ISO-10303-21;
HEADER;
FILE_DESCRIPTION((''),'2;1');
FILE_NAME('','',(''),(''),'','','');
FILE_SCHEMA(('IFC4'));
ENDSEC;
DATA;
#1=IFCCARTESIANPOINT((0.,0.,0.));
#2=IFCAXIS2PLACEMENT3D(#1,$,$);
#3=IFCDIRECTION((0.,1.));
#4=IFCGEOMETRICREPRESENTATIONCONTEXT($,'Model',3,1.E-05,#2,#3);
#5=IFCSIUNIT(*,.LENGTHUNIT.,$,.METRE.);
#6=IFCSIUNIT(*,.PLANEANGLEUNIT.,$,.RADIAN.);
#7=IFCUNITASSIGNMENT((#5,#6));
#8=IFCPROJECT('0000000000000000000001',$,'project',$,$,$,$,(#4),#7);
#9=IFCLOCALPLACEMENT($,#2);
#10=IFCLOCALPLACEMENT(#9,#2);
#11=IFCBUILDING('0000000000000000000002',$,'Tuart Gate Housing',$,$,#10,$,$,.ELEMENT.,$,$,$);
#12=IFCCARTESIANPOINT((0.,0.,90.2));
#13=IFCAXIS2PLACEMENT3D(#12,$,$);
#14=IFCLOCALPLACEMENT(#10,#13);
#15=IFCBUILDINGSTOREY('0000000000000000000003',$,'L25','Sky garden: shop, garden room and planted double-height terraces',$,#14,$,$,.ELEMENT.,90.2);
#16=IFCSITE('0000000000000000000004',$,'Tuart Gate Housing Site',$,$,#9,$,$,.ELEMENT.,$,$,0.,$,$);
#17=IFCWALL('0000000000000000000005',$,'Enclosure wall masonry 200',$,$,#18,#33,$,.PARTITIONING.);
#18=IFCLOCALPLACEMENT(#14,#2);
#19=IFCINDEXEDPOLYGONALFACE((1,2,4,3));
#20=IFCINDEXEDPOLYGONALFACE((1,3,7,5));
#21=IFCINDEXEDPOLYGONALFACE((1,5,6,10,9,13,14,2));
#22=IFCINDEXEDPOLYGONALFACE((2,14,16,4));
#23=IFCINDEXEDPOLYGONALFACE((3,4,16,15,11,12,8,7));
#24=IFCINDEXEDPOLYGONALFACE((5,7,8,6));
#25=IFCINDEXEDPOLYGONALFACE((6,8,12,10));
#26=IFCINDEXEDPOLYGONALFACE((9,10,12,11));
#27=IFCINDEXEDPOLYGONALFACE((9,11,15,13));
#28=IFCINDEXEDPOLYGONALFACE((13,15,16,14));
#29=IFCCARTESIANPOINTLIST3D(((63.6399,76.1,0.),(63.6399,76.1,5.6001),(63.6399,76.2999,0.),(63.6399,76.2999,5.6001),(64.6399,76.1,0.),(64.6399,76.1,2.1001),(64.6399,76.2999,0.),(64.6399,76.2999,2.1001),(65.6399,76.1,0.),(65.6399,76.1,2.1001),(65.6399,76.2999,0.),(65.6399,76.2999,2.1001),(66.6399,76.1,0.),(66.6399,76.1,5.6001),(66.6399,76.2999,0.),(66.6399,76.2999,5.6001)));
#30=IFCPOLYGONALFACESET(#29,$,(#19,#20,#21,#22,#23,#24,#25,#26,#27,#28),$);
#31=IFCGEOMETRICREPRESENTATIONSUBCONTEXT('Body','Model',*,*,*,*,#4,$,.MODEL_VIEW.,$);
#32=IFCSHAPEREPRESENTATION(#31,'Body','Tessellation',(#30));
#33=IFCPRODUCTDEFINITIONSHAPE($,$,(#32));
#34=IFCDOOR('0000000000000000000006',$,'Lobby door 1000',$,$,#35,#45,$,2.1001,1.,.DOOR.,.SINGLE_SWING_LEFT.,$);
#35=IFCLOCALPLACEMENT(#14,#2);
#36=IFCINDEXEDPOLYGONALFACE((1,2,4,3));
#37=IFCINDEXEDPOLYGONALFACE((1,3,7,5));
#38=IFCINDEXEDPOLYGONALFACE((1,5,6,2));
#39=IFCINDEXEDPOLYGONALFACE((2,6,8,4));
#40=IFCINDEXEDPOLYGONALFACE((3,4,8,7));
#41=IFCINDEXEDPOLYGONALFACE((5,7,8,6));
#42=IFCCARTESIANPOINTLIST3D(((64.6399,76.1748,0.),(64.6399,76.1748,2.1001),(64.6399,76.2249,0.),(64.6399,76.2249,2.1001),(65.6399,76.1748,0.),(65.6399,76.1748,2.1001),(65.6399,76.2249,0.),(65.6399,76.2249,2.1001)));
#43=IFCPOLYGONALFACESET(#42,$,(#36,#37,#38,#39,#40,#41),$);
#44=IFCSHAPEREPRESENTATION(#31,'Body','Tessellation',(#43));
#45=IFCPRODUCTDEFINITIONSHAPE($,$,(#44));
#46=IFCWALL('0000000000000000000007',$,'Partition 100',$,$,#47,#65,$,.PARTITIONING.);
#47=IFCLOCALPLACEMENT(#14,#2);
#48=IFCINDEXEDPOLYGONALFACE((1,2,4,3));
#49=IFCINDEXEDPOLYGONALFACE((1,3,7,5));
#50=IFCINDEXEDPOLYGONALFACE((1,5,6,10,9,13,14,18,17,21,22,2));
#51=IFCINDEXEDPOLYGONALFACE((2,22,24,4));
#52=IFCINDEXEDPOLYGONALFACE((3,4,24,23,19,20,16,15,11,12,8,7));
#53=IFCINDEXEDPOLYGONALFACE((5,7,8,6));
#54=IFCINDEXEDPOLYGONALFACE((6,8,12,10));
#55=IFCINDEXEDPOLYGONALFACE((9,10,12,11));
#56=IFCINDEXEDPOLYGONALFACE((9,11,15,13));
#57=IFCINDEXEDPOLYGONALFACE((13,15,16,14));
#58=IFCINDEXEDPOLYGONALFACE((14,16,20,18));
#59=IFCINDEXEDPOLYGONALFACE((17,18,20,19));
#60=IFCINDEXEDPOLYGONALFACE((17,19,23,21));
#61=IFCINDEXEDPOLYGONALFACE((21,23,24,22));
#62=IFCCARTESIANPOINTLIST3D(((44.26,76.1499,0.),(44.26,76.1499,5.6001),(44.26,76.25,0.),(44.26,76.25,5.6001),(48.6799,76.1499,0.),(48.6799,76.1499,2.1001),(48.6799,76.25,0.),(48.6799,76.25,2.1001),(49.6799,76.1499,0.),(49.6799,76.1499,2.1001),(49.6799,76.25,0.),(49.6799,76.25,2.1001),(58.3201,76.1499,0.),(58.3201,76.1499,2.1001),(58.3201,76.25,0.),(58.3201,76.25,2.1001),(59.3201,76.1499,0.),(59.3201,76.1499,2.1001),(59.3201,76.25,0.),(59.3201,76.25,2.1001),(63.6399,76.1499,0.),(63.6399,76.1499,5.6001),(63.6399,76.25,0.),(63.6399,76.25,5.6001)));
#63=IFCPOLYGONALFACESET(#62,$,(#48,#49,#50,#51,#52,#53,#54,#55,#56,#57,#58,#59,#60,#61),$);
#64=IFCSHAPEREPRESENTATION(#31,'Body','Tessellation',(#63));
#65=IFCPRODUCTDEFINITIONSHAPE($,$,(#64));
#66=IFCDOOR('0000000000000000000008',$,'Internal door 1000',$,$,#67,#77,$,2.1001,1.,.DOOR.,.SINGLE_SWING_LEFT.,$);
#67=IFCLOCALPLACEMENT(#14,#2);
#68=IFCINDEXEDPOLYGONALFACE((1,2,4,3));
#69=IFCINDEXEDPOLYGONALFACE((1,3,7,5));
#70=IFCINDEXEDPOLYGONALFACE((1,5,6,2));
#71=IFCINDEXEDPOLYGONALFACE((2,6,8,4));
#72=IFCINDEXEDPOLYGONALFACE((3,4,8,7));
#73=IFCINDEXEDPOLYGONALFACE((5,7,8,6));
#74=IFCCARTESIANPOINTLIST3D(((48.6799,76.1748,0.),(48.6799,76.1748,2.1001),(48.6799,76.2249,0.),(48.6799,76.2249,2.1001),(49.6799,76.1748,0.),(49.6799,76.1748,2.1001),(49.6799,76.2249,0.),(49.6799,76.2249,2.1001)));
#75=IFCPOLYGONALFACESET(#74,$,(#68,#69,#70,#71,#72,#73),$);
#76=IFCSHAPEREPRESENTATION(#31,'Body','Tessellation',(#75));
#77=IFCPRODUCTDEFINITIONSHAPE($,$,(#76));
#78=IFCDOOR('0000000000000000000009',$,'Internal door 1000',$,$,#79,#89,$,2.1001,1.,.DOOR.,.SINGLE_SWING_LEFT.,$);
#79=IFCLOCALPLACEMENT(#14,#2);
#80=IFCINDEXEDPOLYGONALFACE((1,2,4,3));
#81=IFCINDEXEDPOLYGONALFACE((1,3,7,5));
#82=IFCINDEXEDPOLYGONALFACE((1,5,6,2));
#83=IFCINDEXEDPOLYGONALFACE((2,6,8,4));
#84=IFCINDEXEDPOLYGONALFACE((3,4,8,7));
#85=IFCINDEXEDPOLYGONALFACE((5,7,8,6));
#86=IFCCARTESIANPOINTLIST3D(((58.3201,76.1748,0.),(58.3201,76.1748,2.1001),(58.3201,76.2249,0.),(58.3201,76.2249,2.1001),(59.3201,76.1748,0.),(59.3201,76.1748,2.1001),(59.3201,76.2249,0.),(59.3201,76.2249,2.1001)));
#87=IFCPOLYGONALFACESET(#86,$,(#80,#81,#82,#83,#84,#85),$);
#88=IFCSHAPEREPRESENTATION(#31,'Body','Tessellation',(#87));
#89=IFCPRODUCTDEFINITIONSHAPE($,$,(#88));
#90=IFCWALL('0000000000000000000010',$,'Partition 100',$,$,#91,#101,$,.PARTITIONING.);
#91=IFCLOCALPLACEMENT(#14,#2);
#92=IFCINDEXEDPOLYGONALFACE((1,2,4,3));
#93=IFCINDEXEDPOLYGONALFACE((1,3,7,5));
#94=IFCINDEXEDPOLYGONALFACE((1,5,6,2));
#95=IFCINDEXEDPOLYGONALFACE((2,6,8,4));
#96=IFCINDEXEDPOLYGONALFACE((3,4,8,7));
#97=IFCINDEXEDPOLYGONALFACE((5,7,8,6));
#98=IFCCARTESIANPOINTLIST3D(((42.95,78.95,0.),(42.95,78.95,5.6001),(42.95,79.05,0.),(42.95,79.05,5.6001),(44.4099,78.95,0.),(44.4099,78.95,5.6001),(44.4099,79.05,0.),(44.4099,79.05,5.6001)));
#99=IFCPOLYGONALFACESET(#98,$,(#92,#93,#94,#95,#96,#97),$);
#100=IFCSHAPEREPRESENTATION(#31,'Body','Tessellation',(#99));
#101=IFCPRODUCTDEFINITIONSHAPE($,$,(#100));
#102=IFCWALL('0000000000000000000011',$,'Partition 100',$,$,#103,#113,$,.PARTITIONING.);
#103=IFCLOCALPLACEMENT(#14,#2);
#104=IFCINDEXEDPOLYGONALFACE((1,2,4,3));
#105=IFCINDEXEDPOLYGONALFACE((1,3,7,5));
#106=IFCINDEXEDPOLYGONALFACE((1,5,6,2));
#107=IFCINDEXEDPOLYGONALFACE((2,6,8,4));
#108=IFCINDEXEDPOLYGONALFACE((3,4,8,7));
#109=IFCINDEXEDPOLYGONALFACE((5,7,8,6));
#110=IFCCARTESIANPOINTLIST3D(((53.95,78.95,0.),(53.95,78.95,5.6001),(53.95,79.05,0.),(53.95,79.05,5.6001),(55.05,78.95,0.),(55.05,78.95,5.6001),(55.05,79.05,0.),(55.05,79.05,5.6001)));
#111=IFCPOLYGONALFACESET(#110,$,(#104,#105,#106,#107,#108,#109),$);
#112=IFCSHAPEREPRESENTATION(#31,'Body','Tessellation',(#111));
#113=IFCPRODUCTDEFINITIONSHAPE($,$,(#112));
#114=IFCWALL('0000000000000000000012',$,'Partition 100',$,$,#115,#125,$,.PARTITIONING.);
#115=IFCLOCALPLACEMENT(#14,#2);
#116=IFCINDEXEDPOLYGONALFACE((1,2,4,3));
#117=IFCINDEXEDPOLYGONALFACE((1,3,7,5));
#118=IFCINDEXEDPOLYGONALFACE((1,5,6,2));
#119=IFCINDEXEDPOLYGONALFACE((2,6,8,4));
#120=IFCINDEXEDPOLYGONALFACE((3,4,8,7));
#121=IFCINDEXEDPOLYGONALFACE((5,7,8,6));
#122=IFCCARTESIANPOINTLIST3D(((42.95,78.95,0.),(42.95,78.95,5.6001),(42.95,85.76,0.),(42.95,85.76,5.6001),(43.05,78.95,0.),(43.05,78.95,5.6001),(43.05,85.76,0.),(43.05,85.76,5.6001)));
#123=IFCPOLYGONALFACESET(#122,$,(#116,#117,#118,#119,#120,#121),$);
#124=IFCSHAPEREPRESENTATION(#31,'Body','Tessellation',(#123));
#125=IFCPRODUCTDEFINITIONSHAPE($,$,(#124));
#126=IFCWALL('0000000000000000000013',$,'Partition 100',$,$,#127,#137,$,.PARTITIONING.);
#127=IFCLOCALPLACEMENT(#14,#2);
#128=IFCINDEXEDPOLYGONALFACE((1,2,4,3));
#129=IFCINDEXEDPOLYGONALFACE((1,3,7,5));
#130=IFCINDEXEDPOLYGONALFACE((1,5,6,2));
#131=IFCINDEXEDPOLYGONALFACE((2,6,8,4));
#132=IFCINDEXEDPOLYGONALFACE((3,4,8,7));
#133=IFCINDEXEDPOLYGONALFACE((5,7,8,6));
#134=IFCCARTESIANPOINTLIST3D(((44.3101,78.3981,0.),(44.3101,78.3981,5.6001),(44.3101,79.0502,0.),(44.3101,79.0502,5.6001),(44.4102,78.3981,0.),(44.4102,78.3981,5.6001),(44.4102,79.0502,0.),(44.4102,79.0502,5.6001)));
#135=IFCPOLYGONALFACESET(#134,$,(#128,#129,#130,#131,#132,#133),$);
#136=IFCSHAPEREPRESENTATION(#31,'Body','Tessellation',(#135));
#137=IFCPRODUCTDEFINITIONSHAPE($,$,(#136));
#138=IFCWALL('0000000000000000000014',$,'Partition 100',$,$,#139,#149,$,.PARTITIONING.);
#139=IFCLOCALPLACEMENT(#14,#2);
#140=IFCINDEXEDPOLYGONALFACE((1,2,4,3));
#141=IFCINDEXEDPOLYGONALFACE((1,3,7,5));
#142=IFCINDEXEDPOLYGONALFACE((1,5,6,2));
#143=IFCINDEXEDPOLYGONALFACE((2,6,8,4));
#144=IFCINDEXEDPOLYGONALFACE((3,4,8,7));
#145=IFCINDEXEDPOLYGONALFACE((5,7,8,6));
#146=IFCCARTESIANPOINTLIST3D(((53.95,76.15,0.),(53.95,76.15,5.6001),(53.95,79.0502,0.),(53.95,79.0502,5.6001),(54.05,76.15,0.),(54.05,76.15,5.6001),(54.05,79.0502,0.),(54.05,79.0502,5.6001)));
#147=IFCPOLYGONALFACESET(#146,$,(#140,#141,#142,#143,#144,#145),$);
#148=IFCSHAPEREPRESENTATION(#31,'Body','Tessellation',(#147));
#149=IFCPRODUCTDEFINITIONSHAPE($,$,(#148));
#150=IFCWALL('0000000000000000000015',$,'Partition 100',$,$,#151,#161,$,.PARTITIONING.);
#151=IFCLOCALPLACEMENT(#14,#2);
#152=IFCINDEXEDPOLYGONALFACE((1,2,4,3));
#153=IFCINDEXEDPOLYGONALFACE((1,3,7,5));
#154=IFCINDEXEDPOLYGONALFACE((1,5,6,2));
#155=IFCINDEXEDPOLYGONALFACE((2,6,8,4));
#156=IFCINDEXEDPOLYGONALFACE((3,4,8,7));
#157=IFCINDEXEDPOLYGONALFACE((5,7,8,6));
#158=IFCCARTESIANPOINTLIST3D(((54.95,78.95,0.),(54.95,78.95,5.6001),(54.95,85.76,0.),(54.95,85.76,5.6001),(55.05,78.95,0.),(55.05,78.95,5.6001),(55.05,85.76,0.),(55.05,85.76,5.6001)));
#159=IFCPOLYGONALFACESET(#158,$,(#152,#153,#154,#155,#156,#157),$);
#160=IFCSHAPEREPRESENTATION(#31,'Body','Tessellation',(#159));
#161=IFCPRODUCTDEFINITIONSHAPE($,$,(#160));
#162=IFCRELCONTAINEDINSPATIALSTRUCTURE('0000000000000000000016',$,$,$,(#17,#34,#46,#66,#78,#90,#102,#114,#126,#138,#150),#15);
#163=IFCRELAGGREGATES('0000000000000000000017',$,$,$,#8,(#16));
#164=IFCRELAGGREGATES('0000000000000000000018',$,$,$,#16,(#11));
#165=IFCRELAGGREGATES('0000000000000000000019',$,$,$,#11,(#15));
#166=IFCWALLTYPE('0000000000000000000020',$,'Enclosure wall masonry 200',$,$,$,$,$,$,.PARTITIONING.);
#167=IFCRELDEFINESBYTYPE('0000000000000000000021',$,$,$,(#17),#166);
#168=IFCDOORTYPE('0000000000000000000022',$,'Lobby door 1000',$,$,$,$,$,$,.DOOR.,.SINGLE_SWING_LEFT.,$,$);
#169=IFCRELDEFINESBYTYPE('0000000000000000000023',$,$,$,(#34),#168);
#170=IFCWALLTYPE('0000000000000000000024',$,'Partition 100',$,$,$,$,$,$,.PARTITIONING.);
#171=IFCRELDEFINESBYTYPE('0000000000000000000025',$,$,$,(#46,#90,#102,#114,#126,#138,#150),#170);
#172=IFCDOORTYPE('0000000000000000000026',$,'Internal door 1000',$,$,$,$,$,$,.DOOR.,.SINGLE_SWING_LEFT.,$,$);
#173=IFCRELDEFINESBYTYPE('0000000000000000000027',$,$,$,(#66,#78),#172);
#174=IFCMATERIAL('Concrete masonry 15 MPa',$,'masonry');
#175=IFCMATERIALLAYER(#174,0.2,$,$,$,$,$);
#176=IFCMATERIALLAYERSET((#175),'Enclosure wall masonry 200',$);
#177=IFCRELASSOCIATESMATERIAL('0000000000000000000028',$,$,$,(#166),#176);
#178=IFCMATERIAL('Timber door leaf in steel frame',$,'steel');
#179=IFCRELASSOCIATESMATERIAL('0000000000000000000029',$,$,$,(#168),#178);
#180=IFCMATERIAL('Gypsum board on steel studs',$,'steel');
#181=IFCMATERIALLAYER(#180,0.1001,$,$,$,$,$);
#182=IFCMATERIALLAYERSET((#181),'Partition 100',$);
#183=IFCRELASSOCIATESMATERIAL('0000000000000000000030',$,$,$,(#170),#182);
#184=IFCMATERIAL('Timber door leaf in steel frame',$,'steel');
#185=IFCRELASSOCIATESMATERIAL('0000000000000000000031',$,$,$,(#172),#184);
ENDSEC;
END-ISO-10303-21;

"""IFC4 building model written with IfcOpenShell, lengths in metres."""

from ifc_helpers import new_model, si_unit, direction, frame, frame_2d, origin, place, context, subcontext, project, spatial, rectangle, extrude, material, layer, layer_set, type_object, element, fill, save


model = new_model("IFC4")

# Units and contexts
model_context = context("Model", 3, precision=1e-05, world=origin(), true_north=direction((0.0, 1.0)))
body_context = subcontext(model_context, "Body", "Model", "MODEL_VIEW")
ifc_project = project(units=[si_unit("LENGTHUNIT", "METRE"), si_unit("PLANEANGLEUNIT", "RADIAN")], contexts=[model_context])

# Site, building, storey
site_placement = place(None, origin())
site = spatial("IfcSite", under=ifc_project, at=site_placement, Name="Tuart Gate Housing Site", CompositionType="ELEMENT", RefElevation=0.0)
building_placement = place(site_placement, origin())
building = spatial("IfcBuilding", under=site, at=building_placement, Name="Tuart Gate Housing", CompositionType="ELEMENT")
storey_placement = place(building_placement, frame((0.0, 0.0, 90.2)))
storey = spatial("IfcBuildingStorey", under=building, at=storey_placement, Name="L25", Description="Sky garden: shop, garden room and planted double-height terraces", CompositionType="ELEMENT", Elevation=90.2)

# Wall, opening, door
ifc_material_1 = material(Name="Concrete masonry 15 MPa", Category="masonry")
ifc_layer_1 = layer(ifc_material_1, 0.2)
ifc_layer_set_1 = layer_set([ifc_layer_1], Name="Enclosure wall masonry 200")
wall_type_1 = type_object("IfcWallType", Name="Enclosure wall masonry 200", PredefinedType="PARTITIONING", material=ifc_layer_set_1)
wall_1_placement = place(storey_placement, frame((63.6399, 76.2, 0.0), z_axis=(0.0, 0.0, 1.0), x_axis=(1.0, 0.0, 0.0)))
wall_1 = element("IfcWall", 1, at=wall_1_placement, inside=storey, type_object=wall_type_1, Name="Enclosure wall masonry 200", PredefinedType="PARTITIONING", context=body_context, shape_type="SweptSolid", body=[
    extrude(rectangle(XDim=3.0, YDim=0.2, at=frame_2d((1.5, 0.0))), origin(), (0.0, 0.0, 1.0), 5.6001),
])
opening_1_placement = place(wall_1_placement, frame((1.0, 0.0, 0.0)))
opening_1 = element("IfcOpeningElement", 2, at=opening_1_placement, cuts=wall_1, PredefinedType="OPENING", context=body_context, shape_type="SweptSolid", body=[
    extrude(rectangle(XDim=1.0, YDim=2.1001, at=frame_2d((0.5, 1.05))), frame((0.0, 0.1099, 0.0), z_axis=(0.0, -1.0, 0.0), x_axis=(1.0, 0.0, 0.0)), (0.0, 0.0, 1.0), 0.22),
])
ifc_material_2 = material(Name="Timber door leaf in steel frame", Category="steel")
door_type_1 = type_object("IfcDoorType", Name="Lobby door 1000", OperationType="SINGLE_SWING_LEFT", PredefinedType="DOOR", material=ifc_material_2)
door_1_placement = place(opening_1_placement, origin())
door_1 = element("IfcDoor", 3, at=door_1_placement, inside=storey, type_object=door_type_1, Name="Lobby door 1000", OperationType="SINGLE_SWING_LEFT", OverallHeight=2.1001, OverallWidth=1.0, PredefinedType="DOOR", context=body_context, shape_type="SweptSolid", body=[
    extrude(rectangle(XDim=1.0, YDim=2.1001, at=frame_2d((0.5, 1.05))), frame((0.0, 0.0249, 0.0), z_axis=(0.0, -1.0, 0.0), x_axis=(1.0, 0.0, 0.0)), (0.0, 0.0, 1.0), 0.05),
])
fill(opening_1, door_1)

# Wall, openings, doors
ifc_material_3 = material(Name="Gypsum board on steel studs", Category="steel")
ifc_layer_2 = layer(ifc_material_3, 0.1001)
ifc_layer_set_2 = layer_set([ifc_layer_2], Name="Partition 100")
wall_type_2 = type_object("IfcWallType", Name="Partition 100", PredefinedType="PARTITIONING", material=ifc_layer_set_2)
wall_2_placement = place(storey_placement, frame((44.26, 76.2, 0.0), z_axis=(0.0, 0.0, 1.0), x_axis=(1.0, 0.0, 0.0)))
wall_2 = element("IfcWall", 4, at=wall_2_placement, inside=storey, type_object=wall_type_2, Name="Partition 100", PredefinedType="PARTITIONING", context=body_context, shape_type="SweptSolid", body=[
    extrude(rectangle(XDim=19.3799, YDim=0.1001, at=frame_2d((9.6899, 0.0))), origin(), (0.0, 0.0, 1.0), 5.6001),
])
opening_2_placement = place(wall_2_placement, frame((4.4199, 0.0, 0.0)))
opening_2 = element("IfcOpeningElement", 5, at=opening_2_placement, cuts=wall_2, PredefinedType="OPENING", context=body_context, shape_type="SweptSolid", body=[
    extrude(rectangle(XDim=1.0, YDim=2.1001, at=frame_2d((0.5, 1.05))), frame((0.0, 0.0601, 0.0), z_axis=(0.0, -1.0, 0.0), x_axis=(1.0, 0.0, 0.0)), (0.0, 0.0, 1.0), 0.1201),
])
opening_3_placement = place(wall_2_placement, frame((14.0601, 0.0, 0.0)))
opening_3 = element("IfcOpeningElement", 6, at=opening_3_placement, cuts=wall_2, PredefinedType="OPENING", context=body_context, shape_type="SweptSolid", body=[
    extrude(rectangle(XDim=1.0, YDim=2.1001, at=frame_2d((0.5, 1.05))), frame((0.0, 0.0601, 0.0), z_axis=(0.0, -1.0, 0.0), x_axis=(1.0, 0.0, 0.0)), (0.0, 0.0, 1.0), 0.1201),
])
ifc_material_4 = material(Name="Timber door leaf in steel frame", Category="steel")
door_type_2 = type_object("IfcDoorType", Name="Internal door 1000", OperationType="SINGLE_SWING_LEFT", PredefinedType="DOOR", material=ifc_material_4)
door_2_placement = place(opening_2_placement, origin())
door_2 = element("IfcDoor", 7, at=door_2_placement, inside=storey, type_object=door_type_2, Name="Internal door 1000", OperationType="SINGLE_SWING_LEFT", OverallHeight=2.1001, OverallWidth=1.0, PredefinedType="DOOR", context=body_context, shape_type="SweptSolid", body=[
    extrude(rectangle(XDim=1.0, YDim=2.1001, at=frame_2d((0.5, 1.05))), frame((0.0, 0.0249, 0.0), z_axis=(0.0, -1.0, 0.0), x_axis=(1.0, 0.0, 0.0)), (0.0, 0.0, 1.0), 0.05),
])
fill(opening_2, door_2)
door_3_placement = place(opening_3_placement, origin())
door_3 = element("IfcDoor", 8, at=door_3_placement, inside=storey, type_object=door_type_2, Name="Internal door 1000", OperationType="SINGLE_SWING_LEFT", OverallHeight=2.1001, OverallWidth=1.0, PredefinedType="DOOR", context=body_context, shape_type="SweptSolid", body=[
    extrude(rectangle(XDim=1.0, YDim=2.1001, at=frame_2d((0.5, 1.05))), frame((0.0, 0.0249, 0.0), z_axis=(0.0, -1.0, 0.0), x_axis=(1.0, 0.0, 0.0)), (0.0, 0.0, 1.0), 0.05),
])
fill(opening_3, door_3)

# Walls
wall_3_placement = place(storey_placement, frame((42.95, 79.0, 0.0), z_axis=(0.0, 0.0, 1.0), x_axis=(1.0, 0.0, 0.0)))
element("IfcWall", 9, at=wall_3_placement, inside=storey, type_object=wall_type_2, Name="Partition 100", PredefinedType="PARTITIONING", context=body_context, shape_type="SweptSolid", body=[
    extrude(rectangle(XDim=1.46, YDim=0.1001, at=frame_2d((0.73, 0.0))), origin(), (0.0, 0.0, 1.0), 5.6001),
])
wall_4_placement = place(storey_placement, frame((53.95, 79.0, 0.0), z_axis=(0.0, 0.0, 1.0), x_axis=(1.0, 0.0, 0.0)))
element("IfcWall", 10, at=wall_4_placement, inside=storey, type_object=wall_type_2, Name="Partition 100", PredefinedType="PARTITIONING", context=body_context, shape_type="SweptSolid", body=[
    extrude(rectangle(XDim=1.1001, YDim=0.1001, at=frame_2d((0.55, 0.0))), origin(), (0.0, 0.0, 1.0), 5.6001),
])
wall_5_placement = place(storey_placement, frame((43.0, 78.95, 0.0), z_axis=(0.0, 0.0, 1.0), x_axis=(0.0, 1.0, 0.0)))
element("IfcWall", 11, at=wall_5_placement, inside=storey, type_object=wall_type_2, Name="Partition 100", PredefinedType="PARTITIONING", context=body_context, shape_type="SweptSolid", body=[
    extrude(rectangle(XDim=6.8101, YDim=0.1001, at=frame_2d((3.405, 0.0))), origin(), (0.0, 0.0, 1.0), 5.6001),
])
wall_6_placement = place(storey_placement, frame((44.3601, 78.3979, 0.0), z_axis=(0.0, 0.0, 1.0), x_axis=(0.0, 1.0, 0.0)))
element("IfcWall", 12, at=wall_6_placement, inside=storey, type_object=wall_type_2, Name="Partition 100", PredefinedType="PARTITIONING", context=body_context, shape_type="SweptSolid", body=[
    extrude(rectangle(XDim=0.6521, YDim=0.1001, at=frame_2d((0.3262, 0.0))), origin(), (0.0, 0.0, 1.0), 5.6001),
])
wall_7_placement = place(storey_placement, frame((54.0, 76.1499, 0.0), z_axis=(0.0, 0.0, 1.0), x_axis=(0.0, 1.0, 0.0)))
element("IfcWall", 13, at=wall_7_placement, inside=storey, type_object=wall_type_2, Name="Partition 100", PredefinedType="PARTITIONING", context=body_context, shape_type="SweptSolid", body=[
    extrude(rectangle(XDim=2.9001, YDim=0.1001, at=frame_2d((1.4502, 0.0))), origin(), (0.0, 0.0, 1.0), 5.6001),
])
wall_8_placement = place(storey_placement, frame((55.0, 78.95, 0.0), z_axis=(0.0, 0.0, 1.0), x_axis=(0.0, 1.0, 0.0)))
element("IfcWall", 14, at=wall_8_placement, inside=storey, type_object=wall_type_2, Name="Partition 100", PredefinedType="PARTITIONING", context=body_context, shape_type="SweptSolid", body=[
    extrude(rectangle(XDim=6.8101, YDim=0.1001, at=frame_2d((3.405, 0.0))), origin(), (0.0, 0.0, 1.0), 5.6001),
])

save(model, "model.ifc")
